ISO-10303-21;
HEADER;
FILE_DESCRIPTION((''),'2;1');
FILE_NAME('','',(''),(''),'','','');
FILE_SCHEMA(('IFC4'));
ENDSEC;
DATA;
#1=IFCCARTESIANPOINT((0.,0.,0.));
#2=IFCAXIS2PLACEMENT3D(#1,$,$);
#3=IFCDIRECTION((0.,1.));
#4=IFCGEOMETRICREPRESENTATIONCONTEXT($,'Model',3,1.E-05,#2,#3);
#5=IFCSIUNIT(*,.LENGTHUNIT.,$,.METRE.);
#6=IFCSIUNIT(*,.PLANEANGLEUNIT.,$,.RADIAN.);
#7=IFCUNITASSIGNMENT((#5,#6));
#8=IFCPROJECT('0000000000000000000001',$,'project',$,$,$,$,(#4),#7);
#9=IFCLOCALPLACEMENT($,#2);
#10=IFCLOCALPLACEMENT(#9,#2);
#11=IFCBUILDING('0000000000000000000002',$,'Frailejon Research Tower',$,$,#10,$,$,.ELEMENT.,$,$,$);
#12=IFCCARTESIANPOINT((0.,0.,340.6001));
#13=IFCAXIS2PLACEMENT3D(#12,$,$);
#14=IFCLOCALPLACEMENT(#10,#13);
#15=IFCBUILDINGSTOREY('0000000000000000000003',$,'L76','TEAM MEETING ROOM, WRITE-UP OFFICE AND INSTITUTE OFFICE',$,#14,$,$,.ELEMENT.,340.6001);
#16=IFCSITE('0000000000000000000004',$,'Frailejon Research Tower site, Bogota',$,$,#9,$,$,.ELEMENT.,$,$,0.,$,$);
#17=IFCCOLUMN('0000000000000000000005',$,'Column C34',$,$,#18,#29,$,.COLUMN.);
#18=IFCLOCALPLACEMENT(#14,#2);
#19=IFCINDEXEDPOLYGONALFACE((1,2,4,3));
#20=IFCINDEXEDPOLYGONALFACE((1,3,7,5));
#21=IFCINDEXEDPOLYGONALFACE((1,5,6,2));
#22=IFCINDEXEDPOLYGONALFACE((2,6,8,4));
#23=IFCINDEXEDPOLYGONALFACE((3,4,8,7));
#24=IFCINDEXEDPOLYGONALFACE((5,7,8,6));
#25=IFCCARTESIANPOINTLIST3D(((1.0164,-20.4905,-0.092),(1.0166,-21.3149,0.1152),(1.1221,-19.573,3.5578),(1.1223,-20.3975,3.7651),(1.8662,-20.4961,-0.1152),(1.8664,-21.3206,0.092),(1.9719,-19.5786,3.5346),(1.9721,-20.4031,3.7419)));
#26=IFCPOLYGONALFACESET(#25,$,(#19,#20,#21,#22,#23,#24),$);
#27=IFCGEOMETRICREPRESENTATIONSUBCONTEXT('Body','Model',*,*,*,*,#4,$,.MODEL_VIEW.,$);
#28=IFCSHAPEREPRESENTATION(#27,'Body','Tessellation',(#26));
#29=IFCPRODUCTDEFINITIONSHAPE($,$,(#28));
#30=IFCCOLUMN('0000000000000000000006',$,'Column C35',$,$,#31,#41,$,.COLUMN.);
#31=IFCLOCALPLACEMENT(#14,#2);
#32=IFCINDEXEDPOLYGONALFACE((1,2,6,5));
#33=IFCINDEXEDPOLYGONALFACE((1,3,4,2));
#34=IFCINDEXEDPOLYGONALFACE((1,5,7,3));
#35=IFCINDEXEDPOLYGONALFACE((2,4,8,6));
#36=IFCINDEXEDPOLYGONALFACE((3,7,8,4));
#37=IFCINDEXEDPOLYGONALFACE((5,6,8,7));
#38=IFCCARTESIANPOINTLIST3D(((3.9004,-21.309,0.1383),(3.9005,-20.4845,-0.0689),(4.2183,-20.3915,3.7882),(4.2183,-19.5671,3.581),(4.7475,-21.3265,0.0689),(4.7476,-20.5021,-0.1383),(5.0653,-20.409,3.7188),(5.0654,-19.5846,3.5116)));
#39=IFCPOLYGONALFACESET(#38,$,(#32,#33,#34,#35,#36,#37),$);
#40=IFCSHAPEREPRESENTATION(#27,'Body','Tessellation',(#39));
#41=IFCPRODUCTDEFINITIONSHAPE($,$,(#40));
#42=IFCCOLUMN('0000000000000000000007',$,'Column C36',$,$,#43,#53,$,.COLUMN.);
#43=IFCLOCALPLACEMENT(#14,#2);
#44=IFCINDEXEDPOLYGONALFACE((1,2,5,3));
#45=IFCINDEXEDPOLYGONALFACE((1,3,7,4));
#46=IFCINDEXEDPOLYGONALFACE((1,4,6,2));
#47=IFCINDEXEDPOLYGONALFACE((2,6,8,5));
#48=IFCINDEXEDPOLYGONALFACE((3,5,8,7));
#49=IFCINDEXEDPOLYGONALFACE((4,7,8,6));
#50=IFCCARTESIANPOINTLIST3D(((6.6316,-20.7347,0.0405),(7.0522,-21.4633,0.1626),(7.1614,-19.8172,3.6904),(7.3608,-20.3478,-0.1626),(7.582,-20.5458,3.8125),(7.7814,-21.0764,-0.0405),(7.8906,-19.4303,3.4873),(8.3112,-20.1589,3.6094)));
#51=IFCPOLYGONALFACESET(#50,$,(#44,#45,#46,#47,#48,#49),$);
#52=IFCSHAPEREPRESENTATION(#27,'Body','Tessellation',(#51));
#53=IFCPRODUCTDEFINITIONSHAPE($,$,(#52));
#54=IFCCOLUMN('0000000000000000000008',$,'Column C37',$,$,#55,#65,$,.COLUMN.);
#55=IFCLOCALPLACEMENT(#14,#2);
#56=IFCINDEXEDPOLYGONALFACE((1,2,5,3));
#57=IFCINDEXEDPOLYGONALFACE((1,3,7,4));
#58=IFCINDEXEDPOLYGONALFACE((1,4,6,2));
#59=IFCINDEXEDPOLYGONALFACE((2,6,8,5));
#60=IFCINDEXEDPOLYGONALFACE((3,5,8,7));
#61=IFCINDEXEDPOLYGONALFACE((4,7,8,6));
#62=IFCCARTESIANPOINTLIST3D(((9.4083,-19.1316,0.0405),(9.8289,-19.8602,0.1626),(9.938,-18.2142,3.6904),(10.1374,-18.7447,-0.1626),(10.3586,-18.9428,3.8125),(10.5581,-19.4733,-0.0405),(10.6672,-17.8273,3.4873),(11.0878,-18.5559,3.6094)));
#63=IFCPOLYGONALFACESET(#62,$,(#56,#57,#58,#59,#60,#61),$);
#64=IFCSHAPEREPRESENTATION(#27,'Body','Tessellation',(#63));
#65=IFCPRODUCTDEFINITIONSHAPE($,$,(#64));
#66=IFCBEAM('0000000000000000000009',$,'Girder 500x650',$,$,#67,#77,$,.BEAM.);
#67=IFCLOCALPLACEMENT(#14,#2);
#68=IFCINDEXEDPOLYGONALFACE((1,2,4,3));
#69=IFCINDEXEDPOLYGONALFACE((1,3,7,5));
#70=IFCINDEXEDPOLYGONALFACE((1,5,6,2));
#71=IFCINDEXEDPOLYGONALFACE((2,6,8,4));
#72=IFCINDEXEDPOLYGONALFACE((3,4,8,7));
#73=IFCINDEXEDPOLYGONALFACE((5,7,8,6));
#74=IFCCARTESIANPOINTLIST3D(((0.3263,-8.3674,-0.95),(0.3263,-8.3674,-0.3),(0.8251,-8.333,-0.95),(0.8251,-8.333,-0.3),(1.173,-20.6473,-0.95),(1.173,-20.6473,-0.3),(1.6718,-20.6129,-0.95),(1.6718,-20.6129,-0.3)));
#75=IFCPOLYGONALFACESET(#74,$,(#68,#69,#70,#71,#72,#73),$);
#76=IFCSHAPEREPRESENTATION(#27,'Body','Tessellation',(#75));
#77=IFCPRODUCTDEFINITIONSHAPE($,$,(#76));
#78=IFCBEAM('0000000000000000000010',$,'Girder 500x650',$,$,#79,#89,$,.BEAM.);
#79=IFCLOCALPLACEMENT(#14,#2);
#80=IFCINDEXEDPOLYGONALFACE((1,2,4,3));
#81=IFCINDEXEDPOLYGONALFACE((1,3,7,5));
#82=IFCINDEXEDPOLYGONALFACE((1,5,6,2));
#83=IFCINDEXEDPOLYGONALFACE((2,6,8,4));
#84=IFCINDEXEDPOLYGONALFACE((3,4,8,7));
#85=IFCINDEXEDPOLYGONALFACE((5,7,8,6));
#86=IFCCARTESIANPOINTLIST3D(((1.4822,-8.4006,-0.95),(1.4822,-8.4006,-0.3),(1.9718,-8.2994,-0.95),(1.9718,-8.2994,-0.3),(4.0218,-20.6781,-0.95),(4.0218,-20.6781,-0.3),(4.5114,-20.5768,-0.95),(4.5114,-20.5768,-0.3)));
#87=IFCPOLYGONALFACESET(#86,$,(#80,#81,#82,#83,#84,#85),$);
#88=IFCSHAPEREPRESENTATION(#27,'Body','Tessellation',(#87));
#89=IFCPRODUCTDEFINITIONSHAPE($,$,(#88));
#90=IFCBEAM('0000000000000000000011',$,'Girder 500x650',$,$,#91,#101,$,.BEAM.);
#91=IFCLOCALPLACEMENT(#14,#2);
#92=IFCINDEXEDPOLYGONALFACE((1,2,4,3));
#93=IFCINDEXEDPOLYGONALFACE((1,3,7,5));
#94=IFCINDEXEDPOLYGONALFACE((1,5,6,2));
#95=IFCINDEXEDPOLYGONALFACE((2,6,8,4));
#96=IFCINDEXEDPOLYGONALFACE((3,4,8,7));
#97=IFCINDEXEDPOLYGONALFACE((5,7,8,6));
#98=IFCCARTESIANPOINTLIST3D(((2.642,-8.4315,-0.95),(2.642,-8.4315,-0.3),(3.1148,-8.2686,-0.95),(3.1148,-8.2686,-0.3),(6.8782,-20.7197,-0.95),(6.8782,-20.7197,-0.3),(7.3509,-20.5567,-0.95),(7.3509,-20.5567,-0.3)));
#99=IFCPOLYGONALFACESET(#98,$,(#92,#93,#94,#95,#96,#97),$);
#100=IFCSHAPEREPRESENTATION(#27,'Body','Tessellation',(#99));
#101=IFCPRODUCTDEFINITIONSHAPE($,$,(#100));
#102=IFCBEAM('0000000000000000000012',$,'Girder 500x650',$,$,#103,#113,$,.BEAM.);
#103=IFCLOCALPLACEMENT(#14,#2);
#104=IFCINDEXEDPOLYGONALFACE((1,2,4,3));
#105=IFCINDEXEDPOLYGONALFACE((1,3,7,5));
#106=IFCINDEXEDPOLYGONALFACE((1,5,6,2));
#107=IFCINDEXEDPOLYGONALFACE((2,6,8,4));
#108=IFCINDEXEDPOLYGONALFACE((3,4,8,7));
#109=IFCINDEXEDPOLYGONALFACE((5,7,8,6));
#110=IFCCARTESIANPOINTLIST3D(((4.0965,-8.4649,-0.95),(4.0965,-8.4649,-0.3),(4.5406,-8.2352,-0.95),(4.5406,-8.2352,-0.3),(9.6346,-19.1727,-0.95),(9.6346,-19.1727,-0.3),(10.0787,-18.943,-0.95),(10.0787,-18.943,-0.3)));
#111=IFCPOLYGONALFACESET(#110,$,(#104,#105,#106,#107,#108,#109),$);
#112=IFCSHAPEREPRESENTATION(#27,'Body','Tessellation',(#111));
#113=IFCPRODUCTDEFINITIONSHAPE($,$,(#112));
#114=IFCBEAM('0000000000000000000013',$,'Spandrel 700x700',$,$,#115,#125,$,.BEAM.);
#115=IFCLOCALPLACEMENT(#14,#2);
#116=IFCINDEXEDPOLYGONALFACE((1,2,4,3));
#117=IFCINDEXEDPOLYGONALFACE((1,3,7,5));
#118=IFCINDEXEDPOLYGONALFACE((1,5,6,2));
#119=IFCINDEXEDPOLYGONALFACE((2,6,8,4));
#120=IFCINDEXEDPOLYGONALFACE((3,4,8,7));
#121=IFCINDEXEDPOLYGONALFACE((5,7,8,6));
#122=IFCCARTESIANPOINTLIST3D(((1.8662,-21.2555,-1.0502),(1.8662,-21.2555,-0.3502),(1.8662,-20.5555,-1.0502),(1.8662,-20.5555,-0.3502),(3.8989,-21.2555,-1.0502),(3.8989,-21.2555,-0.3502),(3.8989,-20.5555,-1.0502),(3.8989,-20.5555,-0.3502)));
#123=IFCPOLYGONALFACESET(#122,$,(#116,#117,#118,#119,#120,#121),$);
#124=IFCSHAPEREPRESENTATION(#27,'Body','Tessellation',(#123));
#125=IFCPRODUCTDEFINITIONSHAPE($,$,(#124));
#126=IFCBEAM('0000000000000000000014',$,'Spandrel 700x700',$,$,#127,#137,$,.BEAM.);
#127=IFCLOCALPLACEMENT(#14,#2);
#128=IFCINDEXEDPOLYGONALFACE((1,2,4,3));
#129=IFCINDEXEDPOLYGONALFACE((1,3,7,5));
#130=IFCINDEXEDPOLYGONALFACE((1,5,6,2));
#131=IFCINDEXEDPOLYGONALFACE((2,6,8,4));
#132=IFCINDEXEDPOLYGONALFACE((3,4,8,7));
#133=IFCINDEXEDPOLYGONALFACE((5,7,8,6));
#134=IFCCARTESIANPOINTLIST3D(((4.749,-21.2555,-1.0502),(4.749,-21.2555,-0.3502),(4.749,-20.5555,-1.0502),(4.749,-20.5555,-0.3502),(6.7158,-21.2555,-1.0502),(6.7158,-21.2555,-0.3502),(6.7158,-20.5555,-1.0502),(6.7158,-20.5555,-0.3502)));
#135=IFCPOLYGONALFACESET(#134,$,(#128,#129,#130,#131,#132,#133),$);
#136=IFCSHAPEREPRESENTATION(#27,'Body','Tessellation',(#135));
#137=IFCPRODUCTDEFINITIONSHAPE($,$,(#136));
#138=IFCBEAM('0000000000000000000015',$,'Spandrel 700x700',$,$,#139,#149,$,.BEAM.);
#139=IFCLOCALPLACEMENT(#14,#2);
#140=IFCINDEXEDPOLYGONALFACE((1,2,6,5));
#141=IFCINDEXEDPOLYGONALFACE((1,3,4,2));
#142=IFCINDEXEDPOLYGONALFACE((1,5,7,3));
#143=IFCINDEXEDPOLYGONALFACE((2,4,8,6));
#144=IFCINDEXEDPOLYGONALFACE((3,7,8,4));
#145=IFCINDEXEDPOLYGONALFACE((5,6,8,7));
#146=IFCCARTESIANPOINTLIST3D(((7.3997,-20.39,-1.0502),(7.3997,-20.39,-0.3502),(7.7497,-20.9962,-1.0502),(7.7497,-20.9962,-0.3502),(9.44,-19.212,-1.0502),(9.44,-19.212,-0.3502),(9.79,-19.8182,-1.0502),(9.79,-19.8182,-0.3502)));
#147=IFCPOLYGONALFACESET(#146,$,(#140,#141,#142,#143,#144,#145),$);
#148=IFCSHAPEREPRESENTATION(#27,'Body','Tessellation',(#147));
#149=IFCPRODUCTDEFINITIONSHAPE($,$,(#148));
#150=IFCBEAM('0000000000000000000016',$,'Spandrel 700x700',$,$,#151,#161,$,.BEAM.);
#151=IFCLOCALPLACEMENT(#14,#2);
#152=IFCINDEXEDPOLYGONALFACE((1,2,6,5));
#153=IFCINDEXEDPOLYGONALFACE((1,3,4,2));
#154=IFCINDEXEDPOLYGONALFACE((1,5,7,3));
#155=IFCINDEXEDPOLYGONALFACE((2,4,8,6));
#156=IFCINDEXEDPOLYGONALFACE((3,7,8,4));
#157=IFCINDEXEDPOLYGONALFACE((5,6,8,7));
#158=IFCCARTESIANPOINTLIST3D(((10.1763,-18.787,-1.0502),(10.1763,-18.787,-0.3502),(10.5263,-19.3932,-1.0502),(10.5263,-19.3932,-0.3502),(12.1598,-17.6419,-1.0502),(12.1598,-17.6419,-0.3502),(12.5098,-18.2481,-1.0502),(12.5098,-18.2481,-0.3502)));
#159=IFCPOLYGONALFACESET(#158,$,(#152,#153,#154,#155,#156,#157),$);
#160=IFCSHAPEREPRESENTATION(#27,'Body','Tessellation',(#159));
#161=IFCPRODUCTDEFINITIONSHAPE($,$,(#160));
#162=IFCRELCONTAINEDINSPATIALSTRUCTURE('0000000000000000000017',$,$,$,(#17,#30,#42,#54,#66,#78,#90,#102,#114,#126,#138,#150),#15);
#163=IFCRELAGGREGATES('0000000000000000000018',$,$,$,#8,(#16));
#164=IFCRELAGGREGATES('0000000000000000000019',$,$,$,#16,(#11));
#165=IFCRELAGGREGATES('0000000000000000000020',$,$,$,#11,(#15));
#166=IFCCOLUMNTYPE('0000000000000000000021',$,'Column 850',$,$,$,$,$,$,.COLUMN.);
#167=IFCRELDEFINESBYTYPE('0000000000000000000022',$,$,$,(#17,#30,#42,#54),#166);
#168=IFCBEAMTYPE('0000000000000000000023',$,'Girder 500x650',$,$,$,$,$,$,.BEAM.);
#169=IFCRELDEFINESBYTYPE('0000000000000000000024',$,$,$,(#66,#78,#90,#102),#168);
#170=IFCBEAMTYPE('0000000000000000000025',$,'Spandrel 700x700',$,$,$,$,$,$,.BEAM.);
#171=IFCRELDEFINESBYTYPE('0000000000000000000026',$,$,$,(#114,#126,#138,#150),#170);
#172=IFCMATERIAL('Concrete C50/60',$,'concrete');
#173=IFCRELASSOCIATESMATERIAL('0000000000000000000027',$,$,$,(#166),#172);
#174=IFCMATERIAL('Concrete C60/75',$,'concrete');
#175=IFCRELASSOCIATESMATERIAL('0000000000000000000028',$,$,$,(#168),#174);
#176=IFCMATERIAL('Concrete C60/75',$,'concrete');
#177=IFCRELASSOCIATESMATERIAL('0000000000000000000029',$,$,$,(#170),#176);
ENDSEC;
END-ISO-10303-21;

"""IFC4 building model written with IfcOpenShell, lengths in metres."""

from ifc_helpers import new_model, si_unit, direction, frame, origin, origin_2d, place, context, subcontext, project, spatial, rectangle, extrude, material, material_profile, profile_set, type_object, element, save


model = new_model("IFC4")

# Units and contexts
model_context = context("Model", 3, precision=1e-05, world=origin(), true_north=direction((0.0, 1.0)))
body_context = subcontext(model_context, "Body", "Model", "MODEL_VIEW")
ifc_project = project(units=[si_unit("LENGTHUNIT", "METRE"), si_unit("PLANEANGLEUNIT", "RADIAN")], contexts=[model_context])

# Site, building, storey
site_placement = place(None, origin())
site = spatial("IfcSite", under=ifc_project, at=site_placement, Name="Frailejon Research Tower site, Bogota", CompositionType="ELEMENT", RefElevation=0.0)
building_placement = place(site_placement, origin())
building = spatial("IfcBuilding", under=site, at=building_placement, Name="Frailejon Research Tower", CompositionType="ELEMENT")
storey_placement = place(building_placement, frame((0.0, 0.0, 340.6001)))
storey = spatial("IfcBuildingStorey", under=building, at=storey_placement, Name="L76", Description="TEAM MEETING ROOM, WRITE-UP OFFICE AND INSTITUTE OFFICE", CompositionType="ELEMENT", Elevation=340.6001)

# Columns
ifc_material_1 = material(Name="Concrete C50/60", Category="concrete")
ifc_material_profile_1 = material_profile(ifc_material_1, rectangle(XDim=0.8501, YDim=0.8501, at=origin_2d()), Name="Column 850")
ifc_profile_set_1 = profile_set([ifc_material_profile_1], Name="Concrete C50/60")
column_type = type_object("IfcColumnType", Name="Column 850", PredefinedType="COLUMN", material=ifc_profile_set_1)
column_1_placement = place(storey_placement, frame((1.4414, -20.9055, 0.0), z_axis=(0.028078, 0.243691, 0.969446), x_axis=(0.999606, -0.006629, -0.027285)))
element("IfcColumn", 1, at=column_1_placement, inside=storey, type_object=column_type, Name="Column C34", PredefinedType="COLUMN", context=body_context, shape_type="SweptSolid", body=[
    extrude(rectangle(XDim=0.8501, YDim=0.8501, at=origin_2d()), origin(), (0.0, 0.0, 1.0), 3.7649),
])
column_2_placement = place(storey_placement, frame((4.324, -20.9055, 0.0), z_axis=(0.084163, 0.242922, 0.966388), x_axis=(0.996452, -0.020605, -0.081602)))
element("IfcColumn", 2, at=column_2_placement, inside=storey, type_object=column_type, Name="Column C35", PredefinedType="COLUMN", context=body_context, shape_type="SweptSolid", body=[
    extrude(rectangle(XDim=0.8501, YDim=0.8501, at=origin_2d()), origin(), (0.0, 0.0, 1.0), 3.7769),
])
for number, where, z_axis, x_axis, name in (
    (3, (7.2065, -20.9055, 0.0), (0.139397, 0.241407, 0.96036), (0.857771, 0.455136, -0.238914), "Column C36"),
    (4, (9.9832, -19.3025, 0.0), (0.139397, 0.241407, 0.96036), (0.857771, 0.455136, -0.238914), "Column C37"),
):
    element("IfcColumn", number, at=place(storey_placement, frame(where, z_axis=z_axis, x_axis=x_axis)), inside=storey, type_object=column_type, Name=name, PredefinedType="COLUMN", context=body_context, shape_type="SweptSolid", body=[
        extrude(rectangle(XDim=0.8501, YDim=0.8501, at=origin_2d()), origin(), (0.0, 0.0, 1.0), 3.8005),
    ])

# Beams
ifc_material_2 = material(Name="Concrete C60/75", Category="concrete")
ifc_material_profile_2 = material_profile(ifc_material_2, rectangle(XDim=0.5, YDim=0.6499, at=origin_2d()), Name="Girder 500x650")
ifc_profile_set_2 = profile_set([ifc_material_profile_2], Name="Concrete C60/75")
beam_type_1 = type_object("IfcBeamType", Name="Girder 500x650", PredefinedType="BEAM", material=ifc_profile_set_2)
beam_1_placement = place(storey_placement, frame((1.4224, -20.6301, -0.625), z_axis=(-0.068784, 0.997632, 0.0), x_axis=(-0.997632, -0.068784, 0.0)))
element("IfcBeam", 5, at=beam_1_placement, inside=storey, type_object=beam_type_1, Name="Girder 500x650", PredefinedType="BEAM", context=body_context, shape_type="SweptSolid", body=[
    extrude(rectangle(XDim=0.5, YDim=0.6499, at=origin_2d()), origin(), (0.0, 0.0, 1.0), 12.3091),
])
beam_2_placement = place(storey_placement, frame((4.2666, -20.6274, -0.625), z_axis=(-0.202561, 0.97927, 0.0), x_axis=(-0.97927, -0.202561, 0.0)))
element("IfcBeam", 6, at=beam_2_placement, inside=storey, type_object=beam_type_1, Name="Girder 500x650", PredefinedType="BEAM", context=body_context, shape_type="SweptSolid", body=[
    extrude(rectangle(XDim=0.5, YDim=0.6499, at=origin_2d()), origin(), (0.0, 0.0, 1.0), 12.5374),
])
beam_3_placement = place(storey_placement, frame((7.1145, -20.6382, -0.625), z_axis=(-0.325909, 0.945401, 0.0), x_axis=(-0.945401, -0.325909, 0.0)))
element("IfcBeam", 7, at=beam_3_placement, inside=storey, type_object=beam_type_1, Name="Girder 500x650", PredefinedType="BEAM", context=body_context, shape_type="SweptSolid", body=[
    extrude(rectangle(XDim=0.5, YDim=0.6499, at=origin_2d()), origin(), (0.0, 0.0, 1.0), 12.9978),
])
beam_4_placement = place(storey_placement, frame((9.8567, -19.0579, -0.625), z_axis=(-0.459396, 0.888232, 0.0), x_axis=(-0.888232, -0.459396, 0.0)))
element("IfcBeam", 8, at=beam_4_placement, inside=storey, type_object=beam_type_1, Name="Girder 500x650", PredefinedType="BEAM", context=body_context, shape_type="SweptSolid", body=[
    extrude(rectangle(XDim=0.5, YDim=0.6499, at=origin_2d()), origin(), (0.0, 0.0, 1.0), 12.0552),
])
ifc_material_3 = material(Name="Concrete C60/75", Category="concrete")
ifc_material_profile_3 = material_profile(ifc_material_3, rectangle(XDim=0.7, YDim=0.7, at=origin_2d()), Name="Spandrel 700x700")
ifc_profile_set_3 = profile_set([ifc_material_profile_3], Name="Concrete C60/75")
beam_type_2 = type_object("IfcBeamType", Name="Spandrel 700x700", PredefinedType="BEAM", material=ifc_profile_set_3)
beam_5_placement = place(storey_placement, frame((1.8662, -20.9055, -0.7002), z_axis=(1.0, 0.0, 0.0), x_axis=(0.0, 1.0, 0.0)))
element("IfcBeam", 9, at=beam_5_placement, inside=storey, type_object=beam_type_2, Name="Spandrel 700x700", PredefinedType="BEAM", context=body_context, shape_type="SweptSolid", body=[
    extrude(rectangle(XDim=0.7, YDim=0.7, at=origin_2d()), origin(), (0.0, 0.0, 1.0), 2.0327),
])
beam_6_placement = place(storey_placement, frame((4.749, -20.9055, -0.7002), z_axis=(1.0, 0.0, 0.0), x_axis=(0.0, 1.0, 0.0)))
element("IfcBeam", 10, at=beam_6_placement, inside=storey, type_object=beam_type_2, Name="Spandrel 700x700", PredefinedType="BEAM", context=body_context, shape_type="SweptSolid", body=[
    extrude(rectangle(XDim=0.7, YDim=0.7, at=origin_2d()), origin(), (0.0, 0.0, 1.0), 1.9668),
])
beam_7_placement = place(storey_placement, frame((7.5747, -20.6931, -0.7002), z_axis=(0.866022, 0.500007, 0.0), x_axis=(-0.500007, 0.866022, 0.0)))
element("IfcBeam", 11, at=beam_7_placement, inside=storey, type_object=beam_type_2, Name="Spandrel 700x700", PredefinedType="BEAM", context=body_context, shape_type="SweptSolid", body=[
    extrude(rectangle(XDim=0.7, YDim=0.7, at=origin_2d()), origin(), (0.0, 0.0, 1.0), 2.356),
])
beam_8_placement = place(storey_placement, frame((10.3513, -19.0901, -0.7002), z_axis=(0.866044, 0.499969, 0.0), x_axis=(-0.499969, 0.866044, 0.0)))
element("IfcBeam", 12, at=beam_8_placement, inside=storey, type_object=beam_type_2, Name="Spandrel 700x700", PredefinedType="BEAM", context=body_context, shape_type="SweptSolid", body=[
    extrude(rectangle(XDim=0.7, YDim=0.7, at=origin_2d()), origin(), (0.0, 0.0, 1.0), 2.2903),
])

save(model, "model.ifc")
